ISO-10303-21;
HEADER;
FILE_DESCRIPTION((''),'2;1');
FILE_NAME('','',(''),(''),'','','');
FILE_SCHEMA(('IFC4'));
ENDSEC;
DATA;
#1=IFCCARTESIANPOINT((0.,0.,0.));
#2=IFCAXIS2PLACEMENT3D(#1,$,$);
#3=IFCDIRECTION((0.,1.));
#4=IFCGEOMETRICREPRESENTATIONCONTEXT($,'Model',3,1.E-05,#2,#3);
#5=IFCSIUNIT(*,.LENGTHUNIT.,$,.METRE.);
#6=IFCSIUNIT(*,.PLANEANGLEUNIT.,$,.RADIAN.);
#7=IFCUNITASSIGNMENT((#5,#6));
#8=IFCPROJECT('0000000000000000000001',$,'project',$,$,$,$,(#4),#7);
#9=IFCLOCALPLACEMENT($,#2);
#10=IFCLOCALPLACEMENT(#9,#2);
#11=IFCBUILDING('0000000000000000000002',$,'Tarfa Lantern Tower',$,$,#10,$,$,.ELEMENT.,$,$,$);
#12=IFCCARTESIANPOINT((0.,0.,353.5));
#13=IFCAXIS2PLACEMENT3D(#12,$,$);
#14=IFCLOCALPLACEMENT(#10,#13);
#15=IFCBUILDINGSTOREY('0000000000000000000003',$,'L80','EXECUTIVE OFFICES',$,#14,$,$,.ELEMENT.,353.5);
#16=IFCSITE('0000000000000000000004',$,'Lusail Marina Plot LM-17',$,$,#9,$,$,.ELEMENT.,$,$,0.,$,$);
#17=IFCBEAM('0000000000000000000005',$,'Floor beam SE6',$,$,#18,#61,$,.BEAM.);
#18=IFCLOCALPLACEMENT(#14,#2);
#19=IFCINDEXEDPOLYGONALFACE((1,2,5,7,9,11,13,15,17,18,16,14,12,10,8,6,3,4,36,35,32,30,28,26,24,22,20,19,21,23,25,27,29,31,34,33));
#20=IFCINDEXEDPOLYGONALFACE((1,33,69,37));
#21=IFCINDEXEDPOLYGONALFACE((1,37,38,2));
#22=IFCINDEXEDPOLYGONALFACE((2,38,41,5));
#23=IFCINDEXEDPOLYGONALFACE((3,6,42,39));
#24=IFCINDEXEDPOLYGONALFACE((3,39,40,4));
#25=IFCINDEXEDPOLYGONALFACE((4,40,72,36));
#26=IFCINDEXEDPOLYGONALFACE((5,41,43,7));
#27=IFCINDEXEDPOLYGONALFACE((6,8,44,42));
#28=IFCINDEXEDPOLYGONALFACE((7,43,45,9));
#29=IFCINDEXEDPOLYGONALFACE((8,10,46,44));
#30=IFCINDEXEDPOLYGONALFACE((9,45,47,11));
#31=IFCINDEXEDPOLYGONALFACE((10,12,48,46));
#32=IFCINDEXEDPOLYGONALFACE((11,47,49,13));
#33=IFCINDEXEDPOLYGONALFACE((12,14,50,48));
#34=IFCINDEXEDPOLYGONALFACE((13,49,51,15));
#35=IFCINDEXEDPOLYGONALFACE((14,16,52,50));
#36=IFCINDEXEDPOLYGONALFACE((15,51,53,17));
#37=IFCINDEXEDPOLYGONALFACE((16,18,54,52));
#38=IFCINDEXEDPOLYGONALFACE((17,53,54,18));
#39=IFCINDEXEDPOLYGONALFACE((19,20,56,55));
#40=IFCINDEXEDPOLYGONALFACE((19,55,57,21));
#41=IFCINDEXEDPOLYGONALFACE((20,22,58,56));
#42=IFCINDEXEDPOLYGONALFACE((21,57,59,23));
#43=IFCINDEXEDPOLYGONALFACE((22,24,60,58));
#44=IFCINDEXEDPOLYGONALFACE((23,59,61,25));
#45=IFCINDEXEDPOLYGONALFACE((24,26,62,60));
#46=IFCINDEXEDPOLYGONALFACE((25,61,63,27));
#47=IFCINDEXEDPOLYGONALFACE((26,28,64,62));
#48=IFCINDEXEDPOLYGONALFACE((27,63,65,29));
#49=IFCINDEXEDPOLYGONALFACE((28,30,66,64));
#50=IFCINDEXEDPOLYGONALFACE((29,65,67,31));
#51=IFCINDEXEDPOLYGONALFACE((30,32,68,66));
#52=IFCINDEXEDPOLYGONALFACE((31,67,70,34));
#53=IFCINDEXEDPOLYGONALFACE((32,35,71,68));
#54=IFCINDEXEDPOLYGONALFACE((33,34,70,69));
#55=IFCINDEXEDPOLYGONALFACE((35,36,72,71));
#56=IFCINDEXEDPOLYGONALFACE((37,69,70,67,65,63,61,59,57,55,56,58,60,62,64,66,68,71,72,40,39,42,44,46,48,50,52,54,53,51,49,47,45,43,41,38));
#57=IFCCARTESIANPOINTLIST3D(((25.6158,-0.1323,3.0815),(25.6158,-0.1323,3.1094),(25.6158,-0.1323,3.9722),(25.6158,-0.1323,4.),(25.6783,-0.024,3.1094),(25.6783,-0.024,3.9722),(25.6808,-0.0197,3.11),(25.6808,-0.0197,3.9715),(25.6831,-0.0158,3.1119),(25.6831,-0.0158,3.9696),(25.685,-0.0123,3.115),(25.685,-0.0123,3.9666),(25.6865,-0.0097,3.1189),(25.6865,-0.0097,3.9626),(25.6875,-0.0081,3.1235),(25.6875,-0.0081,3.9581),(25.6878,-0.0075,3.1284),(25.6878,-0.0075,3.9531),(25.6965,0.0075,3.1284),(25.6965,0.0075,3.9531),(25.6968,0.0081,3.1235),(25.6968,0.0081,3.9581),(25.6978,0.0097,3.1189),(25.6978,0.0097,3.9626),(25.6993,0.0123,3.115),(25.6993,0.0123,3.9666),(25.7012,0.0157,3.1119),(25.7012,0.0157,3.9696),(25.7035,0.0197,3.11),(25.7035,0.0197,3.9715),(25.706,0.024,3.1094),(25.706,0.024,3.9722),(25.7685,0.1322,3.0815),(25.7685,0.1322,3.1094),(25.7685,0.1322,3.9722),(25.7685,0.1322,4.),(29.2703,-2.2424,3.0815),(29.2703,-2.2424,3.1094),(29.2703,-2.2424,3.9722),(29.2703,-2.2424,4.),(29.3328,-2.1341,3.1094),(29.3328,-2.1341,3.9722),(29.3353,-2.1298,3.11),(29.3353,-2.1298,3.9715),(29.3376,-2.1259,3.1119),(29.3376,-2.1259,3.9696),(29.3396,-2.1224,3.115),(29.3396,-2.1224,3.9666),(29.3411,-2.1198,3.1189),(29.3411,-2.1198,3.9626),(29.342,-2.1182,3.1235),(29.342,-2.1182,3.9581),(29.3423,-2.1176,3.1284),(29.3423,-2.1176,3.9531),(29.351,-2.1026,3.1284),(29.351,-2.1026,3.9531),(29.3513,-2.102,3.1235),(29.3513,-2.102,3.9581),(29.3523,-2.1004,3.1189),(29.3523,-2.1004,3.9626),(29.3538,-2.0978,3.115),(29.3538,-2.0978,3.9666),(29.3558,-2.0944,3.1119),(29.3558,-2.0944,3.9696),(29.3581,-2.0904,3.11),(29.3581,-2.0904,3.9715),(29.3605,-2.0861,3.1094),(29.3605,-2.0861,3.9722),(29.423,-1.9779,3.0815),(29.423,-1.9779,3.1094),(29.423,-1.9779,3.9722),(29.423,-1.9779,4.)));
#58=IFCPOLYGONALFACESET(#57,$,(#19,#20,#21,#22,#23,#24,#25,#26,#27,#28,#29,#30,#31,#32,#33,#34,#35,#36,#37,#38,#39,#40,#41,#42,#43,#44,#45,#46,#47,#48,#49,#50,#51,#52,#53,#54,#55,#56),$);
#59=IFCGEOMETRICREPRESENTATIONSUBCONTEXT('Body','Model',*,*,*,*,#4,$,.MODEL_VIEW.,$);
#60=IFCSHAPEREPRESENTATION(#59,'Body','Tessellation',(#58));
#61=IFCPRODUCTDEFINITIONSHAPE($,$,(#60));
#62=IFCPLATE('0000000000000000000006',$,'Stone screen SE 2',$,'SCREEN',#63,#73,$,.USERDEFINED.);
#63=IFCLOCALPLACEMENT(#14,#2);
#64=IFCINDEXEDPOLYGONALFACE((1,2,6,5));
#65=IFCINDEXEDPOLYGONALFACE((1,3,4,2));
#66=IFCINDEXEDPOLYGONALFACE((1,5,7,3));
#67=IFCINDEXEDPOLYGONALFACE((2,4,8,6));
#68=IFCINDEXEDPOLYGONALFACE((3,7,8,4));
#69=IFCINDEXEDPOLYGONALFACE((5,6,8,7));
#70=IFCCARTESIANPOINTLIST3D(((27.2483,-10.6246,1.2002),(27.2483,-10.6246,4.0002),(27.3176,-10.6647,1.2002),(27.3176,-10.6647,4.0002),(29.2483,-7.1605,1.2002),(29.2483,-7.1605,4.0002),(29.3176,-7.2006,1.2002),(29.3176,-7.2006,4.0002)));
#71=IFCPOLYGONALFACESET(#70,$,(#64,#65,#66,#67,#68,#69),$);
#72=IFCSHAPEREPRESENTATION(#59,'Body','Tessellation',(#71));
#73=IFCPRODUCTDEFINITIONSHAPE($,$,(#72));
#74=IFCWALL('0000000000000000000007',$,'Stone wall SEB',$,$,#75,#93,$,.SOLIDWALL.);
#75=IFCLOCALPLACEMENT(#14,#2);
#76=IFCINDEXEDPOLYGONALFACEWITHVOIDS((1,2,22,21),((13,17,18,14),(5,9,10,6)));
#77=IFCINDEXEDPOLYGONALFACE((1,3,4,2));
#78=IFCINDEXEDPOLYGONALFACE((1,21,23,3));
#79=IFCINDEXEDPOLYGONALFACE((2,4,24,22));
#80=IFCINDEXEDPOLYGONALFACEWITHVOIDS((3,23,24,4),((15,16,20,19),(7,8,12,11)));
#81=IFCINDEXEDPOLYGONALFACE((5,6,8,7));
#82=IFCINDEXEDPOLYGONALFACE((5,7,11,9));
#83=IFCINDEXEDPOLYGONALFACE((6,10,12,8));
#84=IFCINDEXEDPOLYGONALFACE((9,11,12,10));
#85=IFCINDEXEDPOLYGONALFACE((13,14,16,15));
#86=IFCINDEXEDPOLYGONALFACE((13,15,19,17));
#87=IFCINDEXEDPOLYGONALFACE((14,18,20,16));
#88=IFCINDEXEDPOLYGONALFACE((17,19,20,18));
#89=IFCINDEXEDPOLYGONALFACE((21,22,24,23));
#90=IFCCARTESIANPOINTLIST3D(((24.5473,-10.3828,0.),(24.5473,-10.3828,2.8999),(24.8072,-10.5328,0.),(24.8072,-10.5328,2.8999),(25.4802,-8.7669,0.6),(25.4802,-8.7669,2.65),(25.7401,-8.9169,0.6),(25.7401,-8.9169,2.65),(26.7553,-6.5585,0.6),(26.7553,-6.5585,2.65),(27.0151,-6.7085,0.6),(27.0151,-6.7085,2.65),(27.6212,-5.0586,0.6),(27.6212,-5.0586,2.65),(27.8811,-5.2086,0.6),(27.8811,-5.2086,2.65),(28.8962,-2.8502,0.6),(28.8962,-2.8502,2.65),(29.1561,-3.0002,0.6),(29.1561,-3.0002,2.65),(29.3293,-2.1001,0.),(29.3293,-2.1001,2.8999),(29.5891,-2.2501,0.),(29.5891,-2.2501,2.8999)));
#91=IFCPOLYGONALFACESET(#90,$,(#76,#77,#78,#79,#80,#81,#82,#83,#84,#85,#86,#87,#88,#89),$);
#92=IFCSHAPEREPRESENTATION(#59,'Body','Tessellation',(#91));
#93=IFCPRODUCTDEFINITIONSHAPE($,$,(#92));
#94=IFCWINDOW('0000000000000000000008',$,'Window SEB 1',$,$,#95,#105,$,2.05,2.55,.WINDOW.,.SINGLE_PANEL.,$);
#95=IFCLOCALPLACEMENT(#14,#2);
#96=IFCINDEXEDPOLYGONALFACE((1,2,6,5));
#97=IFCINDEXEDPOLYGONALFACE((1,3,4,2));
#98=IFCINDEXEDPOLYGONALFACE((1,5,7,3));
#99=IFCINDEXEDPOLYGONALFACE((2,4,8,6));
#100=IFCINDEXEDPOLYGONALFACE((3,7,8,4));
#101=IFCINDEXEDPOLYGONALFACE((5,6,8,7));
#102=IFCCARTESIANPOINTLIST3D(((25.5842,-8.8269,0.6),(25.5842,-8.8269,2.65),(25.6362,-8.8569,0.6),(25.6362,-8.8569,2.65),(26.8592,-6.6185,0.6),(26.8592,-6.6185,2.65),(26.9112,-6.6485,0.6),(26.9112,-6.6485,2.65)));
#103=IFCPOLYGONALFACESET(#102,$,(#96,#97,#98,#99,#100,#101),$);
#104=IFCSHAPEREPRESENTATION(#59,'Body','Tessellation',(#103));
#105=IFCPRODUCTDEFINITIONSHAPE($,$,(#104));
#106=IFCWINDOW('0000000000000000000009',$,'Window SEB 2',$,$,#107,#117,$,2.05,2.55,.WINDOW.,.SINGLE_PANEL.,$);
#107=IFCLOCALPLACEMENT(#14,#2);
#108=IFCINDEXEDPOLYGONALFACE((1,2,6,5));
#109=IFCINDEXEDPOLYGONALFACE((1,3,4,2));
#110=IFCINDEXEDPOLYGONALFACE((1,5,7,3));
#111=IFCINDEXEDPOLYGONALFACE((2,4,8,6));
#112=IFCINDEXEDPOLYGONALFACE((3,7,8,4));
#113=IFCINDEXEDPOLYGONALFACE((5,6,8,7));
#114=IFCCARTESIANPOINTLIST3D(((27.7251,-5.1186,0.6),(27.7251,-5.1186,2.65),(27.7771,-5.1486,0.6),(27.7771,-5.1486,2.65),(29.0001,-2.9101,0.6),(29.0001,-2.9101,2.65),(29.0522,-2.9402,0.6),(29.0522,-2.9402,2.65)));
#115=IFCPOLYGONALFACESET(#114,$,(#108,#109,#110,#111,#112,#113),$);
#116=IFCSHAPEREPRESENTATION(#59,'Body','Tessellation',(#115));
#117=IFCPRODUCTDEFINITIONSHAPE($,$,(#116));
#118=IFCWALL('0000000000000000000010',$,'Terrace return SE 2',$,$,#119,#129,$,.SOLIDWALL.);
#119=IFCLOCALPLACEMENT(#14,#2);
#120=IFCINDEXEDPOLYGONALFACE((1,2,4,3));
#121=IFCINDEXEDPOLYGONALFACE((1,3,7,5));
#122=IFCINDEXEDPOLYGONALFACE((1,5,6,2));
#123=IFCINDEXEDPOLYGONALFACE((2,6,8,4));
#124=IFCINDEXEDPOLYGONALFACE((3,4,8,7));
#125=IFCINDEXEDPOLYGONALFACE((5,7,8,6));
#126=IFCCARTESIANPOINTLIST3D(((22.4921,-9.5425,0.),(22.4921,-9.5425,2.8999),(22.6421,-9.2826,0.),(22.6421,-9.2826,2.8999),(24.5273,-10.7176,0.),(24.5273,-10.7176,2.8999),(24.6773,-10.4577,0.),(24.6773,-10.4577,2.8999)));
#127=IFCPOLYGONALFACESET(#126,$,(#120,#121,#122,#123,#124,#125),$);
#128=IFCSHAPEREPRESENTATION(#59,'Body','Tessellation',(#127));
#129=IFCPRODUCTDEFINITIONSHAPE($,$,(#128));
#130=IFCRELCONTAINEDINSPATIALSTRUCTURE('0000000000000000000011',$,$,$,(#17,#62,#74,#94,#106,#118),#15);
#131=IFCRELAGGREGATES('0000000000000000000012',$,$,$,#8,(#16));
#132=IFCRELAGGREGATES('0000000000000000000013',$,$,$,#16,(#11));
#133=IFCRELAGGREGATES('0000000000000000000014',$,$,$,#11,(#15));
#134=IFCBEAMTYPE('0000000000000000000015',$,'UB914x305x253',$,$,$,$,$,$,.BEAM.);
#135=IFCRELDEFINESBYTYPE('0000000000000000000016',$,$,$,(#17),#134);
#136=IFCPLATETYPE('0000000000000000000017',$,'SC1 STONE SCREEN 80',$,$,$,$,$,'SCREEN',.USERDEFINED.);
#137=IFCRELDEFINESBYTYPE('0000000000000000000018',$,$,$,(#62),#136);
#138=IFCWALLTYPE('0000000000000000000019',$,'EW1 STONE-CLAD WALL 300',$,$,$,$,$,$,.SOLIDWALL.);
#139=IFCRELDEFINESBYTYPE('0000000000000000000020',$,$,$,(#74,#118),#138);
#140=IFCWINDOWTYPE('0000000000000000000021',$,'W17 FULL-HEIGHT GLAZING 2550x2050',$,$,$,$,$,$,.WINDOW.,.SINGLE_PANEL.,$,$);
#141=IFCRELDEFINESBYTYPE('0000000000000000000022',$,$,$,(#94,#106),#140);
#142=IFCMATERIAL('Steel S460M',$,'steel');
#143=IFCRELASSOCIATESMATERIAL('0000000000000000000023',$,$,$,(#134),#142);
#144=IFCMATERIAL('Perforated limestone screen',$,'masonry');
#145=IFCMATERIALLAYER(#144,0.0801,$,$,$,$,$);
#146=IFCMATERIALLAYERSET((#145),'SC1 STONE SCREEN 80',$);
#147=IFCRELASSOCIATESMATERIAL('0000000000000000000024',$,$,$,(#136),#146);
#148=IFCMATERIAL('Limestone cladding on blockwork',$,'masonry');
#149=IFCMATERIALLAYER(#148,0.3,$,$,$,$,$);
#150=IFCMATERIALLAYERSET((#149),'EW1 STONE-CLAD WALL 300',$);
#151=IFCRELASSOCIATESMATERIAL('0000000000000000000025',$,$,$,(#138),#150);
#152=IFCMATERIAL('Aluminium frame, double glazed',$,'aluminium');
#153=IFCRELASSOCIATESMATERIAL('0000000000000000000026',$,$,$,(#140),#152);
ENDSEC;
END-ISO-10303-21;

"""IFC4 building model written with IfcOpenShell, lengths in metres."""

from ifc_helpers import new_model, si_unit, direction, frame, frame_2d, origin, origin_2d, place, context, subcontext, project, spatial, rectangle, i_section, extrude, material, layer, layer_set, material_profile, profile_set, type_object, element, fill, save


model = new_model("IFC4")

# Units and contexts
model_context = context("Model", 3, precision=1e-05, world=origin(), true_north=direction((0.0, 1.0)))
body_context = subcontext(model_context, "Body", "Model", "MODEL_VIEW")
ifc_project = project(units=[si_unit("LENGTHUNIT", "METRE"), si_unit("PLANEANGLEUNIT", "RADIAN")], contexts=[model_context])

# Site, building, storey
site_placement = place(None, origin())
site = spatial("IfcSite", under=ifc_project, at=site_placement, Name="Lusail Marina Plot LM-17", CompositionType="ELEMENT", RefElevation=0.0)
building_placement = place(site_placement, origin())
building = spatial("IfcBuilding", under=site, at=building_placement, Name="Tarfa Lantern Tower", CompositionType="ELEMENT")
storey_placement = place(building_placement, frame((0.0, 0.0, 353.5)))
storey = spatial("IfcBuildingStorey", under=building, at=storey_placement, Name="L80", Description="EXECUTIVE OFFICES", CompositionType="ELEMENT", Elevation=353.5)

# Beam
ifc_material_1 = material(Name="Steel S460M", Category="steel")
ifc_material_profile_1 = material_profile(ifc_material_1, i_section(OverallWidth=0.3054, OverallDepth=0.9185, WebThickness=0.0173, FlangeThickness=0.0278, FilletRadius=0.019, at=origin_2d()), Name="UB914x305x253")
ifc_profile_set_1 = profile_set([ifc_material_profile_1], Name="Steel S460M")
beam_type_1 = type_object("IfcBeamType", Name="UB914x305x253", PredefinedType="BEAM", material=ifc_profile_set_1)
beam_1_placement = place(storey_placement, frame((29.3467, -2.1101, 3.5408), z_axis=(-0.866009, 0.500028, 0.0), x_axis=(-0.500028, -0.866009, 0.0)))
element("IfcBeam", 1, at=beam_1_placement, inside=storey, type_object=beam_type_1, Name="Floor beam SE6", PredefinedType="BEAM", context=body_context, shape_type="SweptSolid", body=[
    extrude(i_section(OverallWidth=0.3054, OverallDepth=0.9185, WebThickness=0.0173, FlangeThickness=0.0278, FilletRadius=0.019, at=origin_2d()), origin(), (0.0, 0.0, 1.0), 4.22),
])

# Plate
ifc_material_2 = material(Name="Perforated limestone screen", Category="masonry")
ifc_layer_1 = layer(ifc_material_2, 0.0801)
ifc_layer_set_1 = layer_set([ifc_layer_1], Name="SC1 STONE SCREEN 80")
plate_type = type_object("IfcPlateType", Name="SC1 STONE SCREEN 80", ElementType="SCREEN", PredefinedType="USERDEFINED", material=ifc_layer_set_1)
plate_placement = place(storey_placement, frame((28.283, -8.9126, 1.2002), z_axis=(0.0, 0.0, 1.0), x_axis=(0.5, 0.866025, 0.0)))
element("IfcPlate", 2, at=plate_placement, inside=storey, type_object=plate_type, Name="Stone screen SE 2", ObjectType="SCREEN", PredefinedType="USERDEFINED", context=body_context, shape_type="SweptSolid", body=[
    extrude(rectangle(XDim=4.0, YDim=0.0801, at=origin_2d()), origin(), (0.0, 0.0, 1.0), 2.8),
])

# Wall, openings, windows
ifc_material_3 = material(Name="Limestone cladding on blockwork", Category="masonry")
ifc_layer_2 = layer(ifc_material_3, 0.3)
ifc_layer_set_2 = layer_set([ifc_layer_2], Name="EW1 STONE-CLAD WALL 300")
wall_type = type_object("IfcWallType", Name="EW1 STONE-CLAD WALL 300", PredefinedType="SOLIDWALL", material=ifc_layer_set_2)
wall_1_placement = place(storey_placement, frame((24.6772, -10.4578, 0.0), z_axis=(0.0, 0.0, 1.0), x_axis=(0.499996, 0.866027, 0.0)))
wall_1 = element("IfcWall", 3, at=wall_1_placement, inside=storey, type_object=wall_type, Name="Stone wall SEB", PredefinedType="SOLIDWALL", context=body_context, shape_type="SweptSolid", body=[
    extrude(rectangle(XDim=9.564, YDim=0.3, at=frame_2d((4.782, 0.0))), origin(), (0.0, 0.0, 1.0), 2.8999),
])
opening_1_placement = place(wall_1_placement, frame((1.866, 0.0, 0.6001)))
opening_1 = element("IfcOpeningElement", 4, at=opening_1_placement, cuts=wall_1, PredefinedType="OPENING", context=body_context, shape_type="SweptSolid", body=[
    extrude(rectangle(XDim=2.55, YDim=2.05, at=frame_2d((1.2749, 1.0249))), frame((0.0, 0.1599, 0.0), z_axis=(0.0, -1.0, 0.0), x_axis=(1.0, 0.0, 0.0)), (0.0, 0.0, 1.0), 0.3201),
])
opening_2_placement = place(wall_1_placement, frame((6.1479, 0.0, 0.6001)))
opening_2 = element("IfcOpeningElement", 5, at=opening_2_placement, cuts=wall_1, PredefinedType="OPENING", context=body_context, shape_type="SweptSolid", body=[
    extrude(rectangle(XDim=2.55, YDim=2.05, at=frame_2d((1.2749, 1.0249))), frame((0.0, 0.1599, 0.0), z_axis=(0.0, -1.0, 0.0), x_axis=(1.0, 0.0, 0.0)), (0.0, 0.0, 1.0), 0.3201),
])
ifc_material_4 = material(Name="Aluminium frame, double glazed", Category="aluminium")
window_type = type_object("IfcWindowType", Name="W17 FULL-HEIGHT GLAZING 2550x2050", PartitioningType="SINGLE_PANEL", PredefinedType="WINDOW", material=ifc_material_4)
window_1_placement = place(opening_1_placement, origin())
window_1 = element("IfcWindow", 6, at=window_1_placement, inside=storey, type_object=window_type, Name="Window SEB 1", OverallHeight=2.05, OverallWidth=2.55, PartitioningType="SINGLE_PANEL", PredefinedType="WINDOW", context=body_context, shape_type="SweptSolid", body=[
    extrude(rectangle(XDim=2.55, YDim=2.05, at=frame_2d((1.2749, 1.0249))), frame((0.0, 0.03, 0.0), z_axis=(0.0, -1.0, 0.0), x_axis=(1.0, 0.0, 0.0)), (0.0, 0.0, 1.0), 0.0601),
])
fill(opening_1, window_1)
window_2_placement = place(opening_2_placement, origin())
window_2 = element("IfcWindow", 7, at=window_2_placement, inside=storey, type_object=window_type, Name="Window SEB 2", OverallHeight=2.05, OverallWidth=2.55, PartitioningType="SINGLE_PANEL", PredefinedType="WINDOW", context=body_context, shape_type="SweptSolid", body=[
    extrude(rectangle(XDim=2.55, YDim=2.05, at=frame_2d((1.2749, 1.0249))), frame((0.0, 0.03, 0.0), z_axis=(0.0, -1.0, 0.0), x_axis=(1.0, 0.0, 0.0)), (0.0, 0.0, 1.0), 0.0601),
])
fill(opening_2, window_2)

# Wall
wall_2_placement = place(storey_placement, frame((24.6023, -10.5876, 0.0), z_axis=(0.0, 0.0, 1.0), x_axis=(-0.866016, 0.500016, 0.0)))
element("IfcWall", 8, at=wall_2_placement, inside=storey, type_object=wall_type, Name="Terrace return SE 2", PredefinedType="SOLIDWALL", context=body_context, shape_type="SweptSolid", body=[
    extrude(rectangle(XDim=2.3501, YDim=0.3, at=frame_2d((1.175, 0.0))), origin(), (0.0, 0.0, 1.0), 2.8999),
])

save(model, "model.ifc")
